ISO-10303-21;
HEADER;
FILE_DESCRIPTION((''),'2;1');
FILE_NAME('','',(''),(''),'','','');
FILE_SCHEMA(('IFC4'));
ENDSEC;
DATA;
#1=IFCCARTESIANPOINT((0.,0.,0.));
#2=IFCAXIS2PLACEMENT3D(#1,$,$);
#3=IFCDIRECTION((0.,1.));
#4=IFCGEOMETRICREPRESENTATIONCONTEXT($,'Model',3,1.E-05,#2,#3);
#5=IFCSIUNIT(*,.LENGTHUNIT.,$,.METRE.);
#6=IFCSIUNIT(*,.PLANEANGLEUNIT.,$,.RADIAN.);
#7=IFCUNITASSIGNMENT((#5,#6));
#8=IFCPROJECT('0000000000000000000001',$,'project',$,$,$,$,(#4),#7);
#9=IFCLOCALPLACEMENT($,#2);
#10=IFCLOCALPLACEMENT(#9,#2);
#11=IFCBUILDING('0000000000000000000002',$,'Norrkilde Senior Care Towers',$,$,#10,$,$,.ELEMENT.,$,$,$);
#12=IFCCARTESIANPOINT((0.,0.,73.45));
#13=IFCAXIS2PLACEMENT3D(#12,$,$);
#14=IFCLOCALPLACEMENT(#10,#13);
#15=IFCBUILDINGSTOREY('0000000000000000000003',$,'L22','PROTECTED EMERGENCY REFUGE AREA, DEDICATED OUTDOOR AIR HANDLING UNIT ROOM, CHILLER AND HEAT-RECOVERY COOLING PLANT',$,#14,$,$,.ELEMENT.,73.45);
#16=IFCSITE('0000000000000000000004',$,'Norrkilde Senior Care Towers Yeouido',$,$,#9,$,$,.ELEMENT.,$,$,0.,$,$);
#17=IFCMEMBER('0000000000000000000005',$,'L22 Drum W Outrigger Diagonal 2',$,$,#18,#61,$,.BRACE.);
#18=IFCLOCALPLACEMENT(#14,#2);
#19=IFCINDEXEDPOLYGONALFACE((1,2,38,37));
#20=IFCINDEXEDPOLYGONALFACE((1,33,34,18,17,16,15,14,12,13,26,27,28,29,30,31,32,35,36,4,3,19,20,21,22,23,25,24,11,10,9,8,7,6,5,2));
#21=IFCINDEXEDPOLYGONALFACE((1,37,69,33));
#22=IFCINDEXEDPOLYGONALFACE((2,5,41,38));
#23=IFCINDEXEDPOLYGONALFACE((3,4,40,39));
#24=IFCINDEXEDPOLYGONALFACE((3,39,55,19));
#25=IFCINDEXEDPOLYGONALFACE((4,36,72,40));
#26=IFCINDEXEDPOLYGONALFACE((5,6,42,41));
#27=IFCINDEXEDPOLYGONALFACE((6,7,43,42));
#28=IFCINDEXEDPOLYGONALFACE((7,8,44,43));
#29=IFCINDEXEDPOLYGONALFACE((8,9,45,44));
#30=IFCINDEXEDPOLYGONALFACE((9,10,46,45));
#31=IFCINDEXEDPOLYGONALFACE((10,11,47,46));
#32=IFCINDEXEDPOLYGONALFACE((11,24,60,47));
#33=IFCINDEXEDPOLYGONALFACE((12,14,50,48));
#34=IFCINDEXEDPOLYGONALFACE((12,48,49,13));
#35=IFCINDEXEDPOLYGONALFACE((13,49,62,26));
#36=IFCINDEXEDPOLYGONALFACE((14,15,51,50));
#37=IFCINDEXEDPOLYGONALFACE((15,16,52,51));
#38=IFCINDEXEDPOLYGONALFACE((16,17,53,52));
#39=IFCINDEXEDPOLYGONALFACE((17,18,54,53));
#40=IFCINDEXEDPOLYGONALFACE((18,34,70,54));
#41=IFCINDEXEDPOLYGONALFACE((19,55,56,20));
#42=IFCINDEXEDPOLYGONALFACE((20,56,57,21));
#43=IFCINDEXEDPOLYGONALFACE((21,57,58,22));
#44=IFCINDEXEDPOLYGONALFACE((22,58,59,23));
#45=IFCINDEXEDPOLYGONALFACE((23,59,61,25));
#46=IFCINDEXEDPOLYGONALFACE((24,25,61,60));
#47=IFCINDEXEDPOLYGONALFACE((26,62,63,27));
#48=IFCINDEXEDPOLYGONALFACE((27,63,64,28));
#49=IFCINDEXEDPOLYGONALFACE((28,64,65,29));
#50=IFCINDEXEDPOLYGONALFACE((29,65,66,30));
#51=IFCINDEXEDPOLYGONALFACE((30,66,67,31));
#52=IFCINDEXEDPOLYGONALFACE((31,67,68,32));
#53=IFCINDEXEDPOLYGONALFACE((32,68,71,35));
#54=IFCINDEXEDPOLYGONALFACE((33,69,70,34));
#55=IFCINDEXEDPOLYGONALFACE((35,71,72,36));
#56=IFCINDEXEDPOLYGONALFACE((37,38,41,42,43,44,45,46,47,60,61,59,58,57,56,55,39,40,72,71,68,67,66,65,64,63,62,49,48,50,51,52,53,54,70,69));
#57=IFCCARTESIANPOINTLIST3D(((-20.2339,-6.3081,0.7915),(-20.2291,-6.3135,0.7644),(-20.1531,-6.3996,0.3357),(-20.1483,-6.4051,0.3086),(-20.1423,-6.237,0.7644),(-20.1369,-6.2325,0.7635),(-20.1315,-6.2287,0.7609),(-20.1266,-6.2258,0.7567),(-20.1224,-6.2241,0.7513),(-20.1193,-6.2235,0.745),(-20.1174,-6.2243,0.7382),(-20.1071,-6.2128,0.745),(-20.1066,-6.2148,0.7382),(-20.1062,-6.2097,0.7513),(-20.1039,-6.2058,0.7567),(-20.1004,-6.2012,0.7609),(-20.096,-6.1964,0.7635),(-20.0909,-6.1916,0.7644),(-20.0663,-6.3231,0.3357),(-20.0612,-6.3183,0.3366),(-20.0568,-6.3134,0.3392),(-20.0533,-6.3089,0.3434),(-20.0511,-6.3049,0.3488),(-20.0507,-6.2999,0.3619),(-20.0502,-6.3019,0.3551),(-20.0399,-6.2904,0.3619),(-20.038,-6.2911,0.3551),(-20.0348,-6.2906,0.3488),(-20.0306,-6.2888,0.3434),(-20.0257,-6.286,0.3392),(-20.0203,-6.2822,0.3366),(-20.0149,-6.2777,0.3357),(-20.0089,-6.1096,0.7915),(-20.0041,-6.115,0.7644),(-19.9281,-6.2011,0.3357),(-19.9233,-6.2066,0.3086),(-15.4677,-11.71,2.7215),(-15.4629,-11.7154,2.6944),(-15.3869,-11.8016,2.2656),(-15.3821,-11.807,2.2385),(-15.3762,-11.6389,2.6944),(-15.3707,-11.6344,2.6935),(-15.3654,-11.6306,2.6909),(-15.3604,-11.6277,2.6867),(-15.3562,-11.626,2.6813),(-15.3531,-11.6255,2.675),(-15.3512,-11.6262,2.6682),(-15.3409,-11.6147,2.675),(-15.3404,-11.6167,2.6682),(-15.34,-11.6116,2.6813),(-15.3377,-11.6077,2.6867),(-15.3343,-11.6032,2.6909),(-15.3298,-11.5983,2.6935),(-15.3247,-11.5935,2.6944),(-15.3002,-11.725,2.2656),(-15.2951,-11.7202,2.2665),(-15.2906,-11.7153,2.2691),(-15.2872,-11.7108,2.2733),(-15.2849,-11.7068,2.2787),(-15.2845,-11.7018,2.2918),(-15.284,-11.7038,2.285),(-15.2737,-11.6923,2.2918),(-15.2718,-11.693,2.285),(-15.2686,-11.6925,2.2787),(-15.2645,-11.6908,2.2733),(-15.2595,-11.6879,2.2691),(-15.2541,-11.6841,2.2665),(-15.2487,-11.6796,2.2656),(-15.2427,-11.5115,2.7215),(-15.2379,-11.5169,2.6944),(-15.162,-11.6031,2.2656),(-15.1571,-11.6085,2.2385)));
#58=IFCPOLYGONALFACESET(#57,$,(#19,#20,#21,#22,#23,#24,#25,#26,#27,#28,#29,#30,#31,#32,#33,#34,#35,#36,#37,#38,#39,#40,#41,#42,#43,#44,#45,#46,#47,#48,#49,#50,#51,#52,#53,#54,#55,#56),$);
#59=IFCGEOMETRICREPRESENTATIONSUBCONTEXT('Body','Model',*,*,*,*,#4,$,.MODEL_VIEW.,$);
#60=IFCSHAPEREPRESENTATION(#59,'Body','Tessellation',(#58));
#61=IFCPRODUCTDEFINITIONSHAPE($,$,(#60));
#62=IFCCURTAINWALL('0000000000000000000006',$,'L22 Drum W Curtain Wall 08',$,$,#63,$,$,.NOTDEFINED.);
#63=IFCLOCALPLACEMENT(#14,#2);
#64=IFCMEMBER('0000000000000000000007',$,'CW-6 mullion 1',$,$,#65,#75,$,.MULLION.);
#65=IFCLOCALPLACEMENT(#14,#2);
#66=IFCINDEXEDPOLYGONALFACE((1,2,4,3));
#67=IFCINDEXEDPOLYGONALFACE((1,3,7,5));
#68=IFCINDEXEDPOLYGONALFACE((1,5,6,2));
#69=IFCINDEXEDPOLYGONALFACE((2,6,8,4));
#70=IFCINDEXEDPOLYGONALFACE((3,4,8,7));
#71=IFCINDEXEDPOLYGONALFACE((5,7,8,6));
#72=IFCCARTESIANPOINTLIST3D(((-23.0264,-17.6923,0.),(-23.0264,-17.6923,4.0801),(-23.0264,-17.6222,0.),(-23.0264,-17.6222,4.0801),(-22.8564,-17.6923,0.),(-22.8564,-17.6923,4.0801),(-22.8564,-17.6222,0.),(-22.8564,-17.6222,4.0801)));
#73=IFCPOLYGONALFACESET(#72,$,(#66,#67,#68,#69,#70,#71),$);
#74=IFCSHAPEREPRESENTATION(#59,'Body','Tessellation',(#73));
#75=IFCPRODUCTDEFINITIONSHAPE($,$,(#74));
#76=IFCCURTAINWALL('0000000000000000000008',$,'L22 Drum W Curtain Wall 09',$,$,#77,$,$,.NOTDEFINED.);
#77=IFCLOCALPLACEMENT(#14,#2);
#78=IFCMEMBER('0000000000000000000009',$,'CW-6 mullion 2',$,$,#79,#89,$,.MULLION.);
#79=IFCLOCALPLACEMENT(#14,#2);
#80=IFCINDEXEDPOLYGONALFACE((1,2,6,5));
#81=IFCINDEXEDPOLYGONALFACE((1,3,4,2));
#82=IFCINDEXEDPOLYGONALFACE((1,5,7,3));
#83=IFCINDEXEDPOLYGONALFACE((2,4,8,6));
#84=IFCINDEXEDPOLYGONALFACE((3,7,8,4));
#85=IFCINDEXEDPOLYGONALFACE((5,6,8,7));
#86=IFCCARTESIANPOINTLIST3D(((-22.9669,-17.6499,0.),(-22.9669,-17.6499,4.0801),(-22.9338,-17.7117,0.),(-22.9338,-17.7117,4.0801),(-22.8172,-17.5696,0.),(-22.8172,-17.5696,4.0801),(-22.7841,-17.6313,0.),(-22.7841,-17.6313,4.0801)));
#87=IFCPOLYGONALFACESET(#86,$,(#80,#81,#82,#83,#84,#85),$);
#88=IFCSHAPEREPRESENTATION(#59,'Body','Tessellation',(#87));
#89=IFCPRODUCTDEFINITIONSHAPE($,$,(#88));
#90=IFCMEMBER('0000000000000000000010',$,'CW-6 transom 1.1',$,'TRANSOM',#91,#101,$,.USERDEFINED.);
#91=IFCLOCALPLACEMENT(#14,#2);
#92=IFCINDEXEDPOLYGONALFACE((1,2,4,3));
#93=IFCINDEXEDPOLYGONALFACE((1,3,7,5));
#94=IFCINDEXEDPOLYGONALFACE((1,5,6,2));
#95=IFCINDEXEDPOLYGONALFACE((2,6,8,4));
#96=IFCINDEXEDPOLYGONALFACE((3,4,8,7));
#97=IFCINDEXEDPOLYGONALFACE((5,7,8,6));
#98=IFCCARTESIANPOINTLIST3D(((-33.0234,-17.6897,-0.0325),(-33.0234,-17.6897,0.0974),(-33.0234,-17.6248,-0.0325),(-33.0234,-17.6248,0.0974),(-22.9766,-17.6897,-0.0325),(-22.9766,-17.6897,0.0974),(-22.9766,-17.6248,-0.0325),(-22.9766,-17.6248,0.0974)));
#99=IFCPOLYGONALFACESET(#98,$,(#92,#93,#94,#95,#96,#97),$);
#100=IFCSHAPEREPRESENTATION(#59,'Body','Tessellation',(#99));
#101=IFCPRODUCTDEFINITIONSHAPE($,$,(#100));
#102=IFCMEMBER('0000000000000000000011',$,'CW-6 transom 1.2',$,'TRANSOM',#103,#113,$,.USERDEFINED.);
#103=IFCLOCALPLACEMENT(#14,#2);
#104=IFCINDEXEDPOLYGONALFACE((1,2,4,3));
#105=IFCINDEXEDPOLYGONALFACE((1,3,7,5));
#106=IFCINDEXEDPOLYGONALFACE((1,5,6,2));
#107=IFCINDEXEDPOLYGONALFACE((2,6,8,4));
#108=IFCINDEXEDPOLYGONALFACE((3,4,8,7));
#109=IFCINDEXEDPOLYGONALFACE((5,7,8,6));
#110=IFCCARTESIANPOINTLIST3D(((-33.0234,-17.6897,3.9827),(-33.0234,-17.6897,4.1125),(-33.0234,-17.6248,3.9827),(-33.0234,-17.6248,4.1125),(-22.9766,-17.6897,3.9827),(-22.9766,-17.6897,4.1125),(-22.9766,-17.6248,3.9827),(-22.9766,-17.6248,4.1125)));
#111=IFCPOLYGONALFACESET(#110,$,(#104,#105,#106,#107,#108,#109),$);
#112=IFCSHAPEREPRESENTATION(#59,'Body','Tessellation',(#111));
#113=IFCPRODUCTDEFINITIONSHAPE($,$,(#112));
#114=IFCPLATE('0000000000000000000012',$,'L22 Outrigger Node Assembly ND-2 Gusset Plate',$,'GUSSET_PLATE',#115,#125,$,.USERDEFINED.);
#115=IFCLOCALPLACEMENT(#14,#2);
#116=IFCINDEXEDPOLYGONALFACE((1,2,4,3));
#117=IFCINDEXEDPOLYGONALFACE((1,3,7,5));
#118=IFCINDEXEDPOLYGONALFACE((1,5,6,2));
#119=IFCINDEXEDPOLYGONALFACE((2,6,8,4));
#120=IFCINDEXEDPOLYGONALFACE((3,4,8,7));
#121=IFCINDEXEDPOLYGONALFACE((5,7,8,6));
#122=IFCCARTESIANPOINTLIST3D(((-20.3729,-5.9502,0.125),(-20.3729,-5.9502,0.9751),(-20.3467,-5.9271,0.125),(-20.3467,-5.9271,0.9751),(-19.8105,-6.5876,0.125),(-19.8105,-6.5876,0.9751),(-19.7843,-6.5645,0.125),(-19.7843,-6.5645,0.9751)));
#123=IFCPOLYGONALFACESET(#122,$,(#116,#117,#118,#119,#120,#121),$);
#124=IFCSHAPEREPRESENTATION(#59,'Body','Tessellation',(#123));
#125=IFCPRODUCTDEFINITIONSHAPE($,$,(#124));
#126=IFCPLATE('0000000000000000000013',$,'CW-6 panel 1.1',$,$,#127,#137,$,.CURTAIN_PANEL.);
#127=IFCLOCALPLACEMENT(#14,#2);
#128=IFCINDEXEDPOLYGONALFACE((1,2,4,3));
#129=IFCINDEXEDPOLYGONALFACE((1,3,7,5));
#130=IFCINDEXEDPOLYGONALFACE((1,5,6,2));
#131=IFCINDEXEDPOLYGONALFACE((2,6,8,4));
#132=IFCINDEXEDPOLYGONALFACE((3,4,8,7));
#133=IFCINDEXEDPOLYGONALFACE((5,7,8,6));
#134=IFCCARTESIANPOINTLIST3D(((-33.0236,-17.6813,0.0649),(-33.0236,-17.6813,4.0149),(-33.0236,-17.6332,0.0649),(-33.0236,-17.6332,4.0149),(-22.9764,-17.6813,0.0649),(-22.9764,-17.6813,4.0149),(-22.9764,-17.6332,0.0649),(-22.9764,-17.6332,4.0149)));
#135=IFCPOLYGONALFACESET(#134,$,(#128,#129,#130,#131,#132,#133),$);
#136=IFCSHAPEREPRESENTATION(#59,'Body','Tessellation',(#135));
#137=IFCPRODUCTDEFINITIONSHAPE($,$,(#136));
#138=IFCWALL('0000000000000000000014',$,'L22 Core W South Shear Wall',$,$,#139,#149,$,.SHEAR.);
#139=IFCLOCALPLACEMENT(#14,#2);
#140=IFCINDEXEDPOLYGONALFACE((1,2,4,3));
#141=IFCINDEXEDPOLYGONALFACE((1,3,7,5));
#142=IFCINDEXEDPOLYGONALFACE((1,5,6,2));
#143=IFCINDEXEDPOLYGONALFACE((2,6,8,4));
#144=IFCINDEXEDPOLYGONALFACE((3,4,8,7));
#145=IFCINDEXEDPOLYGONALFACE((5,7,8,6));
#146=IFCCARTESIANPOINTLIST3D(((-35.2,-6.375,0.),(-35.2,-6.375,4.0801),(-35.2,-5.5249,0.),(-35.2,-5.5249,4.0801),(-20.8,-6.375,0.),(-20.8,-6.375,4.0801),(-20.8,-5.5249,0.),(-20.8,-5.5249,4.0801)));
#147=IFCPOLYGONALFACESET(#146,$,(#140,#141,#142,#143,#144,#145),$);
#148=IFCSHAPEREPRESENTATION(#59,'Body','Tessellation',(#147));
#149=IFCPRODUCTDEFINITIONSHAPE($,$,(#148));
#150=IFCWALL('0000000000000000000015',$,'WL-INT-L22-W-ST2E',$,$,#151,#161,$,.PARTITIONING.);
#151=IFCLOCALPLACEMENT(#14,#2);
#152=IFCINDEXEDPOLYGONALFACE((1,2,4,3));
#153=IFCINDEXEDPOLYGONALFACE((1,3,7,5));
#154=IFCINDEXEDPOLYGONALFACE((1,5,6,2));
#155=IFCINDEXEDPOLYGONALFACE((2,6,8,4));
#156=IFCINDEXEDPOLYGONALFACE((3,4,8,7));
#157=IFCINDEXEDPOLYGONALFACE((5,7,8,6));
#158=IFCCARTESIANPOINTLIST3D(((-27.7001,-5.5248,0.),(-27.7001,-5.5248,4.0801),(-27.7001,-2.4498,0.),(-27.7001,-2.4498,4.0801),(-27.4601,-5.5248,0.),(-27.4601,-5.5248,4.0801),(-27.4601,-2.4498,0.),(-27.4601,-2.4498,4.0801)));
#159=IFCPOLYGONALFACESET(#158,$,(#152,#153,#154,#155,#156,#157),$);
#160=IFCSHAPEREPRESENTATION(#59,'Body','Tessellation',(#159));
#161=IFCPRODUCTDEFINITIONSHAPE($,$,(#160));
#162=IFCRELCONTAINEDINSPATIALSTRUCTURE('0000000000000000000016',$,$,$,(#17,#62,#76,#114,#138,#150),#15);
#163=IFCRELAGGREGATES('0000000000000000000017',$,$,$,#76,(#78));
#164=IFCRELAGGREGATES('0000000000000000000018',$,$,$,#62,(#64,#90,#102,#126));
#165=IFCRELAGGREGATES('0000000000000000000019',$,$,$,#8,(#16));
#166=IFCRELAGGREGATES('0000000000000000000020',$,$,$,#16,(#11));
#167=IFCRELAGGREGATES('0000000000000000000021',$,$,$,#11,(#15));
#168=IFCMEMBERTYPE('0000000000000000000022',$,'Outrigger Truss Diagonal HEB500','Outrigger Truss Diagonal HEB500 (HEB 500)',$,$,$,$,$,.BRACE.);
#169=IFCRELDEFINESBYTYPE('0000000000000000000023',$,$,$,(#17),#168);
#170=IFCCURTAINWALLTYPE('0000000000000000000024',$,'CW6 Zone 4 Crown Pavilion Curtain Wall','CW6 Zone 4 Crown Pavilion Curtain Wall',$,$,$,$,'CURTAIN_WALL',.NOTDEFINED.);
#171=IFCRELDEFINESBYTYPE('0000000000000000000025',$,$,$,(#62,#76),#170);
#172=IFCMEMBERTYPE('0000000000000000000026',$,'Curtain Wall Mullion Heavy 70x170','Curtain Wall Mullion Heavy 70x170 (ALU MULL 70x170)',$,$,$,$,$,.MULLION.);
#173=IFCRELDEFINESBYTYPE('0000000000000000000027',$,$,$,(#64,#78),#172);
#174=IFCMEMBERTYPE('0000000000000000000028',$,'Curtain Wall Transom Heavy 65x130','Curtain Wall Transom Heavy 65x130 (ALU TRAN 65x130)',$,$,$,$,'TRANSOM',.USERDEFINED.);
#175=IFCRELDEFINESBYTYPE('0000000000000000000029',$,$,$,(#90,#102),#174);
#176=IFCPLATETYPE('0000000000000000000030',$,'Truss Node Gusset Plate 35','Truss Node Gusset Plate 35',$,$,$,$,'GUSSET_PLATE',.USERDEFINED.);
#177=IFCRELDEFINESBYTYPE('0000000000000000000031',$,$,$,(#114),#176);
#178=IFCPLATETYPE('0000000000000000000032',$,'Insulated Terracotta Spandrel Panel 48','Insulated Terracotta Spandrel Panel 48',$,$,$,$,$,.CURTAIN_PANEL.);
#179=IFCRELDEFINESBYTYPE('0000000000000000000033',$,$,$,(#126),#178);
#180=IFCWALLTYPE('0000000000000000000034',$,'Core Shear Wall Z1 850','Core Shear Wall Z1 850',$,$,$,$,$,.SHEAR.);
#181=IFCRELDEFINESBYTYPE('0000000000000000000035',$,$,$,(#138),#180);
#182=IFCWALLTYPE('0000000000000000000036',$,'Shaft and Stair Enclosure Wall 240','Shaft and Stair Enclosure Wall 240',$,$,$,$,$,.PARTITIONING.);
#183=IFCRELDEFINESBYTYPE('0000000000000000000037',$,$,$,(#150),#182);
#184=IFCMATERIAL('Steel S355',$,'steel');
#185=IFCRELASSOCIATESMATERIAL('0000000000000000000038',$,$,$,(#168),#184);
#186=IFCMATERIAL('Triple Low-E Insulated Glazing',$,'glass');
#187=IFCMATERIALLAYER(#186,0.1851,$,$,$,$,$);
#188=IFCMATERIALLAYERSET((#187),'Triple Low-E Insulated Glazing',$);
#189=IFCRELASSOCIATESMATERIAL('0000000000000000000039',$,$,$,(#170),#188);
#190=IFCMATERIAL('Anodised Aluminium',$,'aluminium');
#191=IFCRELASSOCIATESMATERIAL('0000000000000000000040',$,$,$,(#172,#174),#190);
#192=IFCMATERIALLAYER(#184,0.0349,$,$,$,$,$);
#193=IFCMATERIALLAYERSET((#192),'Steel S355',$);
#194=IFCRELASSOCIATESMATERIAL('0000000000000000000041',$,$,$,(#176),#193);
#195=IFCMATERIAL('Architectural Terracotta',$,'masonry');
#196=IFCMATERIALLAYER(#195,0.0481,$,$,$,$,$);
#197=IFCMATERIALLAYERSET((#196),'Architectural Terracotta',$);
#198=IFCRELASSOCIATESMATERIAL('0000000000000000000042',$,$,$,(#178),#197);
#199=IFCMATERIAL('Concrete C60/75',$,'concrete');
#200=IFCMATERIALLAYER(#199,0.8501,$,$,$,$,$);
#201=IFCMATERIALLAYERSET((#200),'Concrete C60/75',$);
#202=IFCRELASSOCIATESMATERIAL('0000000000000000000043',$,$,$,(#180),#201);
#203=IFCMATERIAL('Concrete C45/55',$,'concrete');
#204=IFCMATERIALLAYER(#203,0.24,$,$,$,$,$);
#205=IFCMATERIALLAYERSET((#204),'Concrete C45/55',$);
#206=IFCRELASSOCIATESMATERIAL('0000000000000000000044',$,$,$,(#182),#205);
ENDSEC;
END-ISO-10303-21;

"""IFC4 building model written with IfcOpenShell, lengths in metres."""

from ifc_helpers import new_model, si_unit, direction, frame, frame_2d, origin, origin_2d, place, context, subcontext, project, spatial, rectangle, i_section, extrude, source, transform, mapped, material, layer, layer_set, material_profile, profile_set, type_object, type_shapes, element, aggregate, save


model = new_model("IFC4")

# Units and contexts
model_context = context("Model", 3, precision=1e-05, world=origin(), true_north=direction((0.0, 1.0)))
body_context = subcontext(model_context, "Body", "Model", "MODEL_VIEW")
ifc_project = project(units=[si_unit("LENGTHUNIT", "METRE"), si_unit("PLANEANGLEUNIT", "RADIAN")], contexts=[model_context])

# Site, building, storey
site_placement = place(None, origin())
site = spatial("IfcSite", under=ifc_project, at=site_placement, Name="Norrkilde Senior Care Towers Yeouido", CompositionType="ELEMENT", RefElevation=0.0)
building_placement = place(site_placement, origin())
building = spatial("IfcBuilding", under=site, at=building_placement, Name="Norrkilde Senior Care Towers", CompositionType="ELEMENT")
storey_placement = place(building_placement, frame((0.0, 0.0, 73.45)))
storey = spatial("IfcBuildingStorey", under=building, at=storey_placement, Name="L22", Description="PROTECTED EMERGENCY REFUGE AREA, DEDICATED OUTDOOR AIR HANDLING UNIT ROOM, CHILLER AND HEAT-RECOVERY COOLING PLANT", CompositionType="ELEMENT", Elevation=73.45)

# Shared definitions
ifc_material_1 = material(Name="Concrete C60/75", Category="concrete")

# Member
ifc_material_2 = material(Name="Steel S355", Category="steel")
ifc_material_profile_1 = material_profile(ifc_material_2, i_section(OverallWidth=0.3, OverallDepth=0.5, WebThickness=0.0144, FlangeThickness=0.0281, FilletRadius=0.0271, at=origin_2d()), Name="HEB 500")
ifc_profile_set_1 = profile_set([ifc_material_profile_1], Name="Steel S355")
member_type_1 = type_object("IfcMemberType", Name="Outrigger Truss Diagonal HEB500", Description="Outrigger Truss Diagonal HEB500 (HEB 500)", PredefinedType="BRACE", material=ifc_profile_set_1)
shared_shape_1 = source(origin(), body_context, "Body", "SweptSolid", [
    extrude(i_section(OverallWidth=0.3, OverallDepth=0.5, WebThickness=0.0144, FlangeThickness=0.0281, FilletRadius=0.0271, at=origin_2d()), origin(), (0.0, 0.0, 1.0), 7.458),
])
type_shapes(member_type_1, [shared_shape_1])
member_1_placement = place(storey_placement, frame((-20.0786, -6.2573, 0.55), z_axis=(0.639068, -0.724312, 0.258776), x_axis=(0.749854, 0.661604, 0.0)))
element("IfcMember", 1, at=member_1_placement, inside=storey, type_object=member_type_1, Name="L22 Drum W Outrigger Diagonal 2", PredefinedType="BRACE", context=body_context, shape_type="MappedRepresentation", body=[
    mapped(shared_shape_1, transform((0.0, 0.0, 0.0), x_axis=(1.0, 0.0, 0.0), y_axis=(0.0, 1.0, 0.0), z_axis=(0.0, 0.0, 1.0), scale=1.0)),
])

# Curtain walls, members
ifc_material_3 = material(Name="Triple Low-E Insulated Glazing", Category="glass")
ifc_layer_1 = layer(ifc_material_3, 0.1851)
ifc_layer_set_1 = layer_set([ifc_layer_1], Name="Triple Low-E Insulated Glazing")
curtain_wall_type = type_object("IfcCurtainWallType", Name="CW6 Zone 4 Crown Pavilion Curtain Wall", Description="CW6 Zone 4 Crown Pavilion Curtain Wall", ElementType="CURTAIN_WALL", PredefinedType="NOTDEFINED", material=ifc_layer_set_1)
curtain_wall_1_placement = place(storey_placement, origin())
curtain_wall_1 = element("IfcCurtainWall", 2, at=curtain_wall_1_placement, inside=storey, type_object=curtain_wall_type, Name="L22 Drum W Curtain Wall 08", PredefinedType="NOTDEFINED")
ifc_material_4 = material(Name="Anodised Aluminium", Category="aluminium")
ifc_material_profile_2 = material_profile(ifc_material_4, rectangle(XDim=0.0701, YDim=0.1699, at=origin_2d()), Name="ALU MULL 70x170")
ifc_profile_set_2 = profile_set([ifc_material_profile_2], Name="Anodised Aluminium")
member_type_2 = type_object("IfcMemberType", Name="Curtain Wall Mullion Heavy 70x170", Description="Curtain Wall Mullion Heavy 70x170 (ALU MULL 70x170)", PredefinedType="MULLION", material=ifc_profile_set_2)
shared_shape_2 = source(origin(), body_context, "Body", "SweptSolid", [
    extrude(rectangle(XDim=0.0701, YDim=0.1699, at=origin_2d()), origin(), (0.0, 0.0, 1.0), 4.0801),
])
type_shapes(member_type_2, [shared_shape_2])
member_2_placement = place(storey_placement, frame((-22.9414, -17.6572, 0.0), z_axis=(0.0, 0.0, 1.0), x_axis=(0.0, -1.0, 0.0)))
member_2 = element("IfcMember", 3, at=member_2_placement, type_object=member_type_2, Name="CW-6 mullion 1", PredefinedType="MULLION", context=body_context, shape_type="MappedRepresentation", body=[
    mapped(shared_shape_2, transform((0.0, 0.0, 0.0), x_axis=(1.0, 0.0, 0.0), y_axis=(0.0, 1.0, 0.0), z_axis=(0.0, 0.0, 1.0), scale=1.0)),
])
curtain_wall_2_placement = place(storey_placement, origin())
curtain_wall_2 = element("IfcCurtainWall", 4, at=curtain_wall_2_placement, inside=storey, type_object=curtain_wall_type, Name="L22 Drum W Curtain Wall 09", PredefinedType="NOTDEFINED")
member_3_placement = place(storey_placement, frame((-22.8755, -17.6406, 0.0), z_axis=(0.0, 0.0, 1.0), x_axis=(0.472608, -0.881273, 0.0)))
member_3 = element("IfcMember", 5, at=member_3_placement, type_object=member_type_2, Name="CW-6 mullion 2", PredefinedType="MULLION", context=body_context, shape_type="MappedRepresentation", body=[
    mapped(shared_shape_2, transform((0.0, 0.0, 0.0), x_axis=(1.0, 0.0, 0.0), y_axis=(0.0, 1.0, 0.0), z_axis=(0.0, 0.0, 1.0), scale=1.0)),
])
aggregate(curtain_wall_2, [member_3])

# Members
ifc_material_profile_3 = material_profile(ifc_material_4, rectangle(XDim=0.0649, YDim=0.1299, at=origin_2d()), Name="ALU TRAN 65x130")
ifc_profile_set_3 = profile_set([ifc_material_profile_3], Name="Anodised Aluminium")
member_type_3 = type_object("IfcMemberType", Name="Curtain Wall Transom Heavy 65x130", Description="Curtain Wall Transom Heavy 65x130 (ALU TRAN 65x130)", ElementType="TRANSOM", PredefinedType="USERDEFINED", material=ifc_profile_set_3)
shared_shape_3 = source(origin(), body_context, "Body", "SweptSolid", [
    extrude(rectangle(XDim=0.0649, YDim=0.1299, at=origin_2d()), origin(), (0.0, 0.0, 1.0), 10.0469),
])
type_shapes(member_type_3, [shared_shape_3])
member_4_placement = place(storey_placement, frame((-22.9766, -17.6572, 0.0325), z_axis=(-1.0, 0.0, 0.0), x_axis=(0.0, -1.0, 0.0)))
member_4 = element("IfcMember", 6, at=member_4_placement, type_object=member_type_3, Name="CW-6 transom 1.1", ObjectType="TRANSOM", PredefinedType="USERDEFINED", context=body_context, shape_type="MappedRepresentation", body=[
    mapped(shared_shape_3, transform((0.0, 0.0, 0.0), x_axis=(1.0, 0.0, 0.0), y_axis=(0.0, 1.0, 0.0), z_axis=(0.0, 0.0, 1.0), scale=1.0)),
])
member_5_placement = place(storey_placement, frame((-22.9766, -17.6572, 4.0476), z_axis=(-1.0, 0.0, 0.0), x_axis=(0.0, -1.0, 0.0)))
member_5 = element("IfcMember", 7, at=member_5_placement, type_object=member_type_3, Name="CW-6 transom 1.2", ObjectType="TRANSOM", PredefinedType="USERDEFINED", context=body_context, shape_type="MappedRepresentation", body=[
    mapped(shared_shape_3, transform((0.0, 0.0, 0.0), x_axis=(1.0, 0.0, 0.0), y_axis=(0.0, 1.0, 0.0), z_axis=(0.0, 0.0, 1.0), scale=1.0)),
])

# Plates
ifc_layer_2 = layer(ifc_material_2, 0.0349)
ifc_layer_set_2 = layer_set([ifc_layer_2], Name="Steel S355")
plate_type_1 = type_object("IfcPlateType", Name="Truss Node Gusset Plate 35", Description="Truss Node Gusset Plate 35", ElementType="GUSSET_PLATE", PredefinedType="USERDEFINED", material=ifc_layer_set_2)
shared_shape_4 = source(origin(), body_context, "Body", "SweptSolid", [
    extrude(rectangle(XDim=0.8501, YDim=0.0349, at=origin_2d()), origin(), (0.0, 0.0, 1.0), 0.8501),
])
type_shapes(plate_type_1, [shared_shape_4])
plate_1_placement = place(storey_placement, frame((-20.0786, -6.2573, 0.125), z_axis=(0.0, 0.0, 1.0), x_axis=(0.661622, -0.749838, 0.0)))
element("IfcPlate", 8, at=plate_1_placement, inside=storey, type_object=plate_type_1, Name="L22 Outrigger Node Assembly ND-2 Gusset Plate", ObjectType="GUSSET_PLATE", PredefinedType="USERDEFINED", context=body_context, shape_type="MappedRepresentation", body=[
    mapped(shared_shape_4, transform((0.0, 0.0, 0.0), x_axis=(1.0, 0.0, 0.0), y_axis=(0.0, 1.0, 0.0), z_axis=(0.0, 0.0, 1.0), scale=1.0)),
])
ifc_material_5 = material(Name="Architectural Terracotta", Category="masonry")
ifc_layer_3 = layer(ifc_material_5, 0.0481)
ifc_layer_set_3 = layer_set([ifc_layer_3], Name="Architectural Terracotta")
plate_type_2 = type_object("IfcPlateType", Name="Insulated Terracotta Spandrel Panel 48", Description="Insulated Terracotta Spandrel Panel 48", PredefinedType="CURTAIN_PANEL", material=ifc_layer_set_3)
shared_shape_5 = source(origin(), body_context, "Body", "SweptSolid", [
    extrude(rectangle(XDim=10.0471, YDim=0.0481, at=origin_2d()), origin(), (0.0, 0.0, 1.0), 3.95),
])
type_shapes(plate_type_2, [shared_shape_5])
plate_2_placement = place(storey_placement, frame((-28.0, -17.6572, 0.0649), z_axis=(0.0, 0.0, 1.0), x_axis=(-1.0, 0.0, 0.0)))
plate_2 = element("IfcPlate", 9, at=plate_2_placement, type_object=plate_type_2, Name="CW-6 panel 1.1", PredefinedType="CURTAIN_PANEL", context=body_context, shape_type="MappedRepresentation", body=[
    mapped(shared_shape_5, transform((0.0, 0.0, 0.0), x_axis=(1.0, 0.0, 0.0), y_axis=(0.0, 1.0, 0.0), z_axis=(0.0, 0.0, 1.0), scale=1.0)),
])
aggregate(curtain_wall_1, [member_2, member_4, member_5, plate_2])

# Walls
ifc_layer_4 = layer(ifc_material_1, 0.8501)
ifc_layer_set_4 = layer_set([ifc_layer_4], Name="Concrete C60/75")
wall_type_1 = type_object("IfcWallType", Name="Core Shear Wall Z1 850", Description="Core Shear Wall Z1 850", PredefinedType="SHEAR", material=ifc_layer_set_4)
shared_shape_6 = source(origin(), body_context, "Body", "SweptSolid", [
    extrude(rectangle(XDim=14.3999, YDim=0.8501, at=frame_2d((7.2, 0.0))), origin(), (0.0, 0.0, 1.0), 4.0801),
])
type_shapes(wall_type_1, [shared_shape_6])
wall_1_placement = place(storey_placement, frame((-20.8, -5.95, 0.0), z_axis=(0.0, 0.0, 1.0), x_axis=(-1.0, 0.0, 0.0)))
element("IfcWall", 10, at=wall_1_placement, inside=storey, type_object=wall_type_1, Name="L22 Core W South Shear Wall", PredefinedType="SHEAR", context=body_context, shape_type="MappedRepresentation", body=[
    mapped(shared_shape_6, transform((0.0, 0.0, 0.0), x_axis=(1.0, 0.0, 0.0), y_axis=(0.0, 1.0, 0.0), z_axis=(0.0, 0.0, 1.0), scale=1.0)),
])
ifc_material_6 = material(Name="Concrete C45/55", Category="concrete")
ifc_layer_5 = layer(ifc_material_6, 0.24)
ifc_layer_set_5 = layer_set([ifc_layer_5], Name="Concrete C45/55")
wall_type_2 = type_object("IfcWallType", Name="Shaft and Stair Enclosure Wall 240", Description="Shaft and Stair Enclosure Wall 240", PredefinedType="PARTITIONING", material=ifc_layer_set_5)
shared_shape_7 = source(origin(), body_context, "Body", "SweptSolid", [
    extrude(rectangle(XDim=3.075, YDim=0.24, at=frame_2d((1.5376, 0.0))), origin(), (0.0, 0.0, 1.0), 4.0801),
])
type_shapes(wall_type_2, [shared_shape_7])
wall_2_placement = place(storey_placement, frame((-27.5801, -5.5249, 0.0), z_axis=(0.0, 0.0, 1.0), x_axis=(0.0, 1.0, 0.0)))
element("IfcWall", 11, at=wall_2_placement, inside=storey, type_object=wall_type_2, Name="WL-INT-L22-W-ST2E", PredefinedType="PARTITIONING", context=body_context, shape_type="MappedRepresentation", body=[
    mapped(shared_shape_7, transform((0.0, 0.0, 0.0), x_axis=(1.0, 0.0, 0.0), y_axis=(0.0, 1.0, 0.0), z_axis=(0.0, 0.0, 1.0), scale=1.0)),
])

save(model, "model.ifc")
